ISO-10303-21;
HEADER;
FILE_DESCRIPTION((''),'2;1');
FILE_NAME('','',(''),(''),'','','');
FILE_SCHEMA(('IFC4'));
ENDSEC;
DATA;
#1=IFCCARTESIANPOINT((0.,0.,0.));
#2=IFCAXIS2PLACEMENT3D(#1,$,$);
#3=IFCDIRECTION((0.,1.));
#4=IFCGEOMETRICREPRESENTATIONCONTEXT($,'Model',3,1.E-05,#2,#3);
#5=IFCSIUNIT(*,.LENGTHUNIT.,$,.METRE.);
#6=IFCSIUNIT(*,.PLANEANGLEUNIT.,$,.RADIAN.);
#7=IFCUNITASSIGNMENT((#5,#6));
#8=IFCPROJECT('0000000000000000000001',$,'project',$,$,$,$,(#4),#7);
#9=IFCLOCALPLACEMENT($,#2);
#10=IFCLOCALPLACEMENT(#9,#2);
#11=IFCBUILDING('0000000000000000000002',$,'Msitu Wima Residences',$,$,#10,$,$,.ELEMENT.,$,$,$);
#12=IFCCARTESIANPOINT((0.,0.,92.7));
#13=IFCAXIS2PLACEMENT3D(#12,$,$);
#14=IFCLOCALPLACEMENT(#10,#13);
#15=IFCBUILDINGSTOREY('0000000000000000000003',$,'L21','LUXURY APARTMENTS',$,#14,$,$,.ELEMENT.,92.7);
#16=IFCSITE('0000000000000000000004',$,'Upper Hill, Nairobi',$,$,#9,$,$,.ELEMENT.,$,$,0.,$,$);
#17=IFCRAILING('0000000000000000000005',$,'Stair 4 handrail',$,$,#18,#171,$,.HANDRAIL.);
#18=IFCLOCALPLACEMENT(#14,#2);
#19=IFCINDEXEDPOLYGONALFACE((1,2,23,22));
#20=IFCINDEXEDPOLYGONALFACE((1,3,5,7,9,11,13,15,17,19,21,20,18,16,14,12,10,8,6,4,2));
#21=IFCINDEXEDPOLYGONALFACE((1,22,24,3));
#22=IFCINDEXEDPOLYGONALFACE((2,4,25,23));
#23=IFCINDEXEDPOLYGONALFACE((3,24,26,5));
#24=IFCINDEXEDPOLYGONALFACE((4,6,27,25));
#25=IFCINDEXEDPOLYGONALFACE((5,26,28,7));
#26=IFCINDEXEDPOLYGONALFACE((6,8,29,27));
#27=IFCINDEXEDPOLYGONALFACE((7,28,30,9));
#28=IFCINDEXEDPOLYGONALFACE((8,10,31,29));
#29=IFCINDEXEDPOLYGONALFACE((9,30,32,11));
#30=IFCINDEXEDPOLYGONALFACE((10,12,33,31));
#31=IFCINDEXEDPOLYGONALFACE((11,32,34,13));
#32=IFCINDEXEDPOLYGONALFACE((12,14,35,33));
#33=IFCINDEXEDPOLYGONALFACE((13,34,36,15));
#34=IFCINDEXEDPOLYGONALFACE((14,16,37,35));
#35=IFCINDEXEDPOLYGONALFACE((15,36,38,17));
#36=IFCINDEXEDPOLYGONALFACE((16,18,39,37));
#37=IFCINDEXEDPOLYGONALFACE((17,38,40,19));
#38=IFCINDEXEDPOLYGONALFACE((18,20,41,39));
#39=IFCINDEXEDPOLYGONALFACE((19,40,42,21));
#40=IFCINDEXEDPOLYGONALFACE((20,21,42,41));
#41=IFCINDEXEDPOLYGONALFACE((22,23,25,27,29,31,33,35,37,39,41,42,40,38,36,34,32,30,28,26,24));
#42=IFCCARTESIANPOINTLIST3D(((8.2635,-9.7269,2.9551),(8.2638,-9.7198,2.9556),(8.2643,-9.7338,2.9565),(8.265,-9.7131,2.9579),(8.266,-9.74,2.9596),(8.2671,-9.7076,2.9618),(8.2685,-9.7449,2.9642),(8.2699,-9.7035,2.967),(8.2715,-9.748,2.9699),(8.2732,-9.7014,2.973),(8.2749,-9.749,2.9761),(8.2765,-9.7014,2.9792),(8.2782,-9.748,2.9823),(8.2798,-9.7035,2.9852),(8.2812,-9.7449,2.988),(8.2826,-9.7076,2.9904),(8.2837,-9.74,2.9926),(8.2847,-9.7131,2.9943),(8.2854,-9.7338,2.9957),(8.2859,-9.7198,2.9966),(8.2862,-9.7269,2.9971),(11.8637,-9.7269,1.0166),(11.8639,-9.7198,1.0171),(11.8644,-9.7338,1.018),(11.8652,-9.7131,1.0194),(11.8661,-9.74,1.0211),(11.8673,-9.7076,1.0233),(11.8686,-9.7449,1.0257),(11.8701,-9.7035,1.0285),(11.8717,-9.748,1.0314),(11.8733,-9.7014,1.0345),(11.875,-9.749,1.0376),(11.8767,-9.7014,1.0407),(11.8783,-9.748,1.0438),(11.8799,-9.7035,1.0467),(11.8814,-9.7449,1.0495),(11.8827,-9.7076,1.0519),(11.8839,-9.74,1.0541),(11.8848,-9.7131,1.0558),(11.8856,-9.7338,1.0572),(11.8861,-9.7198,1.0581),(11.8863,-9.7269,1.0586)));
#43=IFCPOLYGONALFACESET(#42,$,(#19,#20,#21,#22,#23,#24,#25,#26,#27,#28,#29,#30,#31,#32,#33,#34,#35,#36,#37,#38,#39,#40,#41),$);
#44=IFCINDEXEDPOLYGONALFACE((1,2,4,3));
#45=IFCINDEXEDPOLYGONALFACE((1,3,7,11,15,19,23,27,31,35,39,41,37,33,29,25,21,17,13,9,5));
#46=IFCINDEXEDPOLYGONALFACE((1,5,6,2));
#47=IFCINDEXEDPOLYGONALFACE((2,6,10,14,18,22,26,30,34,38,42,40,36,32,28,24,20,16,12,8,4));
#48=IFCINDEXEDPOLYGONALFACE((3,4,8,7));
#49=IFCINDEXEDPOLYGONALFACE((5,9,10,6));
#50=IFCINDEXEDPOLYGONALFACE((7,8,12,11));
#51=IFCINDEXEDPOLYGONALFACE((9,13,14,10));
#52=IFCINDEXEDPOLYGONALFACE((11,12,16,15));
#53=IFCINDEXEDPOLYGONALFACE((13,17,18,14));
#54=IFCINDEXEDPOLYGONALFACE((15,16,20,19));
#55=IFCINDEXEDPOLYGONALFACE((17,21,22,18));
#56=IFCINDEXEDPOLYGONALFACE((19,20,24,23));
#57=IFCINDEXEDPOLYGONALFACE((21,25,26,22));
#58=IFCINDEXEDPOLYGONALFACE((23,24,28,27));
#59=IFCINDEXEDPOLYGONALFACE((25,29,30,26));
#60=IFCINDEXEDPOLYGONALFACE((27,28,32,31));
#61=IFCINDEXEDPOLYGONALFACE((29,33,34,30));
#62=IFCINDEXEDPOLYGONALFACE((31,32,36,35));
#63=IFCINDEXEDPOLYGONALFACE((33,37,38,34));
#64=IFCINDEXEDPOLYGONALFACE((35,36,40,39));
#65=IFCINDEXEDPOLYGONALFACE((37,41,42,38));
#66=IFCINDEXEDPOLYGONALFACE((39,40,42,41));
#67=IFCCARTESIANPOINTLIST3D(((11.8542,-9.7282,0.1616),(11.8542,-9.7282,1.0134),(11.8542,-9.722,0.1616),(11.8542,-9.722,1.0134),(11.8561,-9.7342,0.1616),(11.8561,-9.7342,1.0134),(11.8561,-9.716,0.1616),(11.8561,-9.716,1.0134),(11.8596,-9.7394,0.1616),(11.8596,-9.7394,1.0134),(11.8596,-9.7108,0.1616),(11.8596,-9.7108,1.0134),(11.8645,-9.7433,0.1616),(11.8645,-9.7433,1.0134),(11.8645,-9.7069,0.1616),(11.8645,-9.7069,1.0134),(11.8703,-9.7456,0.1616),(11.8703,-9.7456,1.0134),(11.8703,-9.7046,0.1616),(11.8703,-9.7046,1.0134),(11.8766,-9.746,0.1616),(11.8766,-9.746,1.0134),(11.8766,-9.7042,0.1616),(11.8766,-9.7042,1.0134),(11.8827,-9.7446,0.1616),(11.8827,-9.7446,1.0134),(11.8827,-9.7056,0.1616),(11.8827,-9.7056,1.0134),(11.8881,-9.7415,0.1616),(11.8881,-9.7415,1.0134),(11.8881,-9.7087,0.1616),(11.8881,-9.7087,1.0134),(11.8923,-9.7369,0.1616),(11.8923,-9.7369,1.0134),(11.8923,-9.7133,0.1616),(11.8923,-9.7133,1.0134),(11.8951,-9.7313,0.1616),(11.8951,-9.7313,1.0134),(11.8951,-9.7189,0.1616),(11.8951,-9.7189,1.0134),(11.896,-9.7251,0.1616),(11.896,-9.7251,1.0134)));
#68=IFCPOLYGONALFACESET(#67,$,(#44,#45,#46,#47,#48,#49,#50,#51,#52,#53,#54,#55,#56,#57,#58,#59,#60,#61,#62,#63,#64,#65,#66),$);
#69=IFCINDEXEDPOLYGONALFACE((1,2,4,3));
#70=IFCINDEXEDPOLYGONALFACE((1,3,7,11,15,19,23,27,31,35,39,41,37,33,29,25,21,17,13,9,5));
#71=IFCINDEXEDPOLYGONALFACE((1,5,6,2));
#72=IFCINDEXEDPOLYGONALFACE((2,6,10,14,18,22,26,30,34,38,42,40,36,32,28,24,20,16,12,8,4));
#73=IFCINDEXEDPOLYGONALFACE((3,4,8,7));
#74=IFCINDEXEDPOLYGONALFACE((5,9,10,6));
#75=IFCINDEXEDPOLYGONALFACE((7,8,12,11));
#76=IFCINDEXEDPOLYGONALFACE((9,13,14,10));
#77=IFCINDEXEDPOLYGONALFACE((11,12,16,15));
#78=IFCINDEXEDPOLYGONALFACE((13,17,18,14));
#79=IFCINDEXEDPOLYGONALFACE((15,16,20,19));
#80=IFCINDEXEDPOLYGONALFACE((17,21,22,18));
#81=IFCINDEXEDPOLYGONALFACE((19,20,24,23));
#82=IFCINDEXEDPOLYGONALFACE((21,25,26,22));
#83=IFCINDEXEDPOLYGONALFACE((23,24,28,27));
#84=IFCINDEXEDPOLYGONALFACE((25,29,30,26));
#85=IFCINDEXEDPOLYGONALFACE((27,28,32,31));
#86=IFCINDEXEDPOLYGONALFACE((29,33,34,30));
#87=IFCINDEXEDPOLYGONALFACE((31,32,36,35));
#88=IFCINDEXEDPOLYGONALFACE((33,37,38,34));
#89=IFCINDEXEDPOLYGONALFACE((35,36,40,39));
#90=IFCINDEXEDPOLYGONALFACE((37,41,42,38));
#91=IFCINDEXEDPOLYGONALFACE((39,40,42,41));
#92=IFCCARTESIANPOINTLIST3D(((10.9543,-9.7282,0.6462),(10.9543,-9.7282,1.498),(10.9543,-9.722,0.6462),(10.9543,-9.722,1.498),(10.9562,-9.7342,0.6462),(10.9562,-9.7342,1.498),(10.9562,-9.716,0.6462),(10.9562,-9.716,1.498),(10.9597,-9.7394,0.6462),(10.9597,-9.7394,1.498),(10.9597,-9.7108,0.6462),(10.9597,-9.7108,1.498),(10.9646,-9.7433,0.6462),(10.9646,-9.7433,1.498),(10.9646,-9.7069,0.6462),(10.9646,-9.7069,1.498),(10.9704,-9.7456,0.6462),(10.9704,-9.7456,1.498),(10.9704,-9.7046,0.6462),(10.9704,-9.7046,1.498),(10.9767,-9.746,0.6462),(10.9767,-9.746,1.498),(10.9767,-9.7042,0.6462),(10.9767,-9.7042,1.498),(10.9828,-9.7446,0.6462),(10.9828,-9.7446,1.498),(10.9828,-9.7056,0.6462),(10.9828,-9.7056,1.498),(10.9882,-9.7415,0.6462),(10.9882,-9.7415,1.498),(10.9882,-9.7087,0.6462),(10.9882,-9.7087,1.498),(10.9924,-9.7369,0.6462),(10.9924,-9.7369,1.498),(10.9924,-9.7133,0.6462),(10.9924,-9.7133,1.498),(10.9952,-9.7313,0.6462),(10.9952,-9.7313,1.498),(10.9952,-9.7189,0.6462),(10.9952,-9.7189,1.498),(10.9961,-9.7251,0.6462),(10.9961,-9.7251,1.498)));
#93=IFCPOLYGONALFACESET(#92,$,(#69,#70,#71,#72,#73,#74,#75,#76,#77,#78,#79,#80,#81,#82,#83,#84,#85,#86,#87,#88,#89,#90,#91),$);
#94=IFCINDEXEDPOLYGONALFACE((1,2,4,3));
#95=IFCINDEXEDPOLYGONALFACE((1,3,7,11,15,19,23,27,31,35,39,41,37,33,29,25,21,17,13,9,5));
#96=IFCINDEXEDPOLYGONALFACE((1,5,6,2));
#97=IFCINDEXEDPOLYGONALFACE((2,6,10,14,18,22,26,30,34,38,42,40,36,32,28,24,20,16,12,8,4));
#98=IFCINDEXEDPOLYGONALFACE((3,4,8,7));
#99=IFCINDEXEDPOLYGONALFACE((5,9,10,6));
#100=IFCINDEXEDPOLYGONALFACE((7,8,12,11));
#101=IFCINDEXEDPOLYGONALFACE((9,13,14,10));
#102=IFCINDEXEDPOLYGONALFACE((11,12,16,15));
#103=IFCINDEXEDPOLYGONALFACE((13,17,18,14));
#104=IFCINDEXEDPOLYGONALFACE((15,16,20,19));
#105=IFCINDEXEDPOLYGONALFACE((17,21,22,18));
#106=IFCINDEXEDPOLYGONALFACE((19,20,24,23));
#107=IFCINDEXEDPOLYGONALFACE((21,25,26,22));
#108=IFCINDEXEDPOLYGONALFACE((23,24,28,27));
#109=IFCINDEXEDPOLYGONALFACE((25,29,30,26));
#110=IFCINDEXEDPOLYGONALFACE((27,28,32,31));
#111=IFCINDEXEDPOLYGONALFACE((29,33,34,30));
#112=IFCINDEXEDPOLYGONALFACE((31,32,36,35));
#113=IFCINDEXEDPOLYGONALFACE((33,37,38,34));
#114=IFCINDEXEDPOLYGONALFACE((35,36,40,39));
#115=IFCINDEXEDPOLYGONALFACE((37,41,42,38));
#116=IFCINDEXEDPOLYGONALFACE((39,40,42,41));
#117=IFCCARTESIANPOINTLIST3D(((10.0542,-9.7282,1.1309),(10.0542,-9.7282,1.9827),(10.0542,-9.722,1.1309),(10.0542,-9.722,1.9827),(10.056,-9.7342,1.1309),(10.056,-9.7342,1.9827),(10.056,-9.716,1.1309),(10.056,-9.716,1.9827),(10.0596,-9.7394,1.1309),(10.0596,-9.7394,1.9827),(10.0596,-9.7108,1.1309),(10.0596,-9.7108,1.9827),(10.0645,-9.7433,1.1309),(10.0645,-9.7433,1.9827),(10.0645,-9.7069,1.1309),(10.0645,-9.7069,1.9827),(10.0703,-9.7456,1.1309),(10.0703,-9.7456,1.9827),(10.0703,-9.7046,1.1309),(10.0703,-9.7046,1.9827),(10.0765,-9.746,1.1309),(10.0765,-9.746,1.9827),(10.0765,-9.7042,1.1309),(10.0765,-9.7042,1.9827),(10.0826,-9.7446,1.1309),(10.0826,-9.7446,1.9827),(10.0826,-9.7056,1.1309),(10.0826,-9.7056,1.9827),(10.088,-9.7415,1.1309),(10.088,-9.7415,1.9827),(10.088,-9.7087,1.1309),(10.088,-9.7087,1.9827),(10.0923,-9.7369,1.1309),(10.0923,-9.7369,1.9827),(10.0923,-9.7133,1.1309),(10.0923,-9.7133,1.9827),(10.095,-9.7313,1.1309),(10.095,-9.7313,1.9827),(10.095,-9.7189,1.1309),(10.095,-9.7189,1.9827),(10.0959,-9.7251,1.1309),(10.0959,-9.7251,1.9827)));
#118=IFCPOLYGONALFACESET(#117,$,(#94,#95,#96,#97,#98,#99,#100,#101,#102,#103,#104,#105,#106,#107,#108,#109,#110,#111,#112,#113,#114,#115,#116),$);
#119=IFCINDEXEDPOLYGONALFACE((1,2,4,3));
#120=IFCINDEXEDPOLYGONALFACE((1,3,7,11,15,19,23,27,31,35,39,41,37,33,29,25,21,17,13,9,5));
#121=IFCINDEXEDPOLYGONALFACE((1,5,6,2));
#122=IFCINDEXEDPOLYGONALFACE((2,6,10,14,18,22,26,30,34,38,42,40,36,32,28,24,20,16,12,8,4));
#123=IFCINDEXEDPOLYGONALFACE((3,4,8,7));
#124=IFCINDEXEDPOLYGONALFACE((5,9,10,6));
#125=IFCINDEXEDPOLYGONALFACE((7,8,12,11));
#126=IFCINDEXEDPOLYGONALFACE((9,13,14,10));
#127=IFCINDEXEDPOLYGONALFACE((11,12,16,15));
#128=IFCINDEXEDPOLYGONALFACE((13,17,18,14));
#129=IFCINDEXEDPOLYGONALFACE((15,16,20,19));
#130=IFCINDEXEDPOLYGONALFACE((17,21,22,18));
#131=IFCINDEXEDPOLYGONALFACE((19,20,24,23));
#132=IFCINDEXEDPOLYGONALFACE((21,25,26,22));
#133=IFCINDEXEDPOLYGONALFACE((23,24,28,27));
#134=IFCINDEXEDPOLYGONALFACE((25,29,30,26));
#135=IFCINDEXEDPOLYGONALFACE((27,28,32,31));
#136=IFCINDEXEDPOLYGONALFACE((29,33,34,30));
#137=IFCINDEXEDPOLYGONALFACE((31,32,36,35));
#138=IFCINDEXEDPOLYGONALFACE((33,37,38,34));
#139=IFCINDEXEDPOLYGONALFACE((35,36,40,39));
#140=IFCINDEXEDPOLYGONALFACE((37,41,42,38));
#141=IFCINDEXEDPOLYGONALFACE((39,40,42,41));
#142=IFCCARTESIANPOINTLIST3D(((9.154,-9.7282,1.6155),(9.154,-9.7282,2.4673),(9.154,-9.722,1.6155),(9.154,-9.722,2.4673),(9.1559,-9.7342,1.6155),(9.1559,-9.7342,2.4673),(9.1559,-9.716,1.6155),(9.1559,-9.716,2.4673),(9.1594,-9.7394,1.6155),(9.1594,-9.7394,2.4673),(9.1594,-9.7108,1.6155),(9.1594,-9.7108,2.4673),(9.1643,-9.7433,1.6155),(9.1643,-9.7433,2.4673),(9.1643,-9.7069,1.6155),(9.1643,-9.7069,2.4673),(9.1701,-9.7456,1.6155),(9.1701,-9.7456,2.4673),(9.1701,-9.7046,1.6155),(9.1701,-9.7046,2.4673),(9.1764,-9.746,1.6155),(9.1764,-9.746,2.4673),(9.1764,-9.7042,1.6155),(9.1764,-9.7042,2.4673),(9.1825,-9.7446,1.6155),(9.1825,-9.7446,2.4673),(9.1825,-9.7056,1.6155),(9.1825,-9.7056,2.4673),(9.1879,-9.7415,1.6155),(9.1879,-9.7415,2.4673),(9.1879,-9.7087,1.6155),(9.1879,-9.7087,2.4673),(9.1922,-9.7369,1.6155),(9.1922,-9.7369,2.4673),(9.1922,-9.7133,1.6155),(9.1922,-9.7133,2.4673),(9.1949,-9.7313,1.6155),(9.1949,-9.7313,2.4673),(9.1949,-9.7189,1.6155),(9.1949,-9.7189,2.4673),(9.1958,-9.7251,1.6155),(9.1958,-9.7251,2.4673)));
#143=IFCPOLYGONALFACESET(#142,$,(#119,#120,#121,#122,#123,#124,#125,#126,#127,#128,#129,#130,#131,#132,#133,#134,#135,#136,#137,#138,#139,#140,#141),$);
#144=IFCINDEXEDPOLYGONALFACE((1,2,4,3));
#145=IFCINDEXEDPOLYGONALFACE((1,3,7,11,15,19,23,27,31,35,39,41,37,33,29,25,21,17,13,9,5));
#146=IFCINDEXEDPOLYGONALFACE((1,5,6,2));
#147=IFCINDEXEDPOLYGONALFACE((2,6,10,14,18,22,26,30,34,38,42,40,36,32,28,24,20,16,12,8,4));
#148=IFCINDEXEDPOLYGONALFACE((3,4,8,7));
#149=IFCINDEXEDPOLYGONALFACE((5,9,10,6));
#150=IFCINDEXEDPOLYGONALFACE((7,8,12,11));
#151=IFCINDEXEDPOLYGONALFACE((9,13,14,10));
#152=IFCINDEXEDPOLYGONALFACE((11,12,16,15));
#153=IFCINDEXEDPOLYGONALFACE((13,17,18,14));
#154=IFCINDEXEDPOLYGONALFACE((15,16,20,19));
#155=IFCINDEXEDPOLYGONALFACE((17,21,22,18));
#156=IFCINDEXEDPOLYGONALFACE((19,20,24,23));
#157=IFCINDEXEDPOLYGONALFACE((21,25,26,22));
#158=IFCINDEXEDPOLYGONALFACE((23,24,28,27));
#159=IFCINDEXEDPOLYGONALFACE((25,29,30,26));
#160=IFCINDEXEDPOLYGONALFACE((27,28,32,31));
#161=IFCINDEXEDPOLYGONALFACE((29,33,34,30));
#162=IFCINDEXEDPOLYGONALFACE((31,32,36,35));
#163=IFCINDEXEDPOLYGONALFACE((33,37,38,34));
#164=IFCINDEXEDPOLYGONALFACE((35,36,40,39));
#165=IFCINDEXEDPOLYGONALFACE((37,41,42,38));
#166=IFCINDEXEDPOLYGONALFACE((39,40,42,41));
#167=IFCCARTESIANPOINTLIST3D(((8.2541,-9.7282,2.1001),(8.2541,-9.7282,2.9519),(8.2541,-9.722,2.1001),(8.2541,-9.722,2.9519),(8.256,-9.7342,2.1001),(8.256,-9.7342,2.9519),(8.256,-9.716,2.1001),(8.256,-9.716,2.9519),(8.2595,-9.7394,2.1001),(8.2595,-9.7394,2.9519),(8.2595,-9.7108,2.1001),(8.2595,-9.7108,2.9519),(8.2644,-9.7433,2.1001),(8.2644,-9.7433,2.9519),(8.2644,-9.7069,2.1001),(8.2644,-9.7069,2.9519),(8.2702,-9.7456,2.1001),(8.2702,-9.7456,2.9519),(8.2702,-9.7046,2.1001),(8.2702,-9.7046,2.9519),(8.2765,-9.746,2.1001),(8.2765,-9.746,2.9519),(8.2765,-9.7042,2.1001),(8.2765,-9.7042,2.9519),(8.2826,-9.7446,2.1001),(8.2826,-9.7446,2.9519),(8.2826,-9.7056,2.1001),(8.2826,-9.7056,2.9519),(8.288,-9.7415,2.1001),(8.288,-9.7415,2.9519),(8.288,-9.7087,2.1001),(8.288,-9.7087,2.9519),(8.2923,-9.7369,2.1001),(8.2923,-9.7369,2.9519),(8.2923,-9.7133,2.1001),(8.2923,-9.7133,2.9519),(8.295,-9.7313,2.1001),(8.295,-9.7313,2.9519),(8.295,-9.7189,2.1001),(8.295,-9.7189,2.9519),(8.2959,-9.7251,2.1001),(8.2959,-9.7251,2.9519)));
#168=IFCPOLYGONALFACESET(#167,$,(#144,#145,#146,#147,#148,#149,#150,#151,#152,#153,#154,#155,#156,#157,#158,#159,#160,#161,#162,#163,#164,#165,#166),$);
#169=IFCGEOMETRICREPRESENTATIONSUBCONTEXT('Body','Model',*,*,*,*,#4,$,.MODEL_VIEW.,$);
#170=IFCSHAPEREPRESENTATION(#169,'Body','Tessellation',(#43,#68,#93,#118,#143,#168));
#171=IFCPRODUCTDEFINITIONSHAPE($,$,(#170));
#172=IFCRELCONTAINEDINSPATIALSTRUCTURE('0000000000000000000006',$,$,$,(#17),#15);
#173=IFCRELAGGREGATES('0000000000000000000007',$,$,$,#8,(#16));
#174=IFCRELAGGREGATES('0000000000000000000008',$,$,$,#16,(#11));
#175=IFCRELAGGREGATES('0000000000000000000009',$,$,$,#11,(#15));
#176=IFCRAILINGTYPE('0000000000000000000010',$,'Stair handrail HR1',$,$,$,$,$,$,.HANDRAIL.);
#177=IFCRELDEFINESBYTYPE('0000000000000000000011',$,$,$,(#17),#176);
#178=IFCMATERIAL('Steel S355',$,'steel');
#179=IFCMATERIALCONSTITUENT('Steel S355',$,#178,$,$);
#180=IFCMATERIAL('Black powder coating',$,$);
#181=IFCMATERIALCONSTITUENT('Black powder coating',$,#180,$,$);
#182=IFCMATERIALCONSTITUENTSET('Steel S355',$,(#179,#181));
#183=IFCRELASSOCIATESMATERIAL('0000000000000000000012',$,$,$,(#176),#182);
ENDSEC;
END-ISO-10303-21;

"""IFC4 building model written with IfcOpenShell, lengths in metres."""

from ifc_helpers import new_model, si_unit, direction, frame, origin, origin_2d, place, context, subcontext, project, spatial, circle, extrude, material, constituent, constituent_set, type_object, element, save


model = new_model("IFC4")

# Units and contexts
model_context = context("Model", 3, precision=1e-05, world=origin(), true_north=direction((0.0, 1.0)))
body_context = subcontext(model_context, "Body", "Model", "MODEL_VIEW")
ifc_project = project(units=[si_unit("LENGTHUNIT", "METRE"), si_unit("PLANEANGLEUNIT", "RADIAN")], contexts=[model_context])

# Site, building, storey
site_placement = place(None, origin())
site = spatial("IfcSite", under=ifc_project, at=site_placement, Name="Upper Hill, Nairobi", CompositionType="ELEMENT", RefElevation=0.0)
building_placement = place(site_placement, origin())
building = spatial("IfcBuilding", under=site, at=building_placement, Name="Msitu Wima Residences", CompositionType="ELEMENT")
storey_placement = place(building_placement, frame((0.0, 0.0, 92.7)))
storey = spatial("IfcBuildingStorey", under=building, at=storey_placement, Name="L21", Description="LUXURY APARTMENTS", CompositionType="ELEMENT", Elevation=92.7)

# Railing
ifc_material_1 = material(Name="Steel S355", Category="steel")
ifc_constituent_1 = constituent(ifc_material_1, Name="Steel S355")
ifc_material_2 = material(Name="Black powder coating")
ifc_constituent_2 = constituent(ifc_material_2, Name="Black powder coating")
ifc_constituent_set = constituent_set(constituents=[ifc_constituent_1, ifc_constituent_2], Name="Steel S355")
railing_type = type_object("IfcRailingType", Name="Stair handrail HR1", PredefinedType="HANDRAIL", material=ifc_constituent_set)
for number, where, name in (
    (1, (11.875, -9.7251, 0.1616), "Stair 4 handrail"),
):
    element("IfcRailing", number, at=place(storey_placement, frame(where)), inside=storey, type_object=railing_type, Name=name, PredefinedType="HANDRAIL", context=body_context, shape_type="SweptSolid", body=[
        extrude(circle(Radius=0.0239, at=origin_2d()), frame((0.0, 0.0, 0.876), z_axis=(-0.880475, 0.0, 0.474093), x_axis=(0.0, -1.0, 0.0)), (0.0, 0.0, 1.0), 4.0889),
        extrude(circle(Radius=0.021, at=origin_2d()), origin(), (0.0, 0.0, 1.0), 0.8518),
        extrude(circle(Radius=0.021, at=origin_2d()), frame((-0.8999, 0.0, 0.4846)), (0.0, 0.0, 1.0), 0.8518),
        extrude(circle(Radius=0.021, at=origin_2d()), frame((-1.8, 0.0, 0.9692)), (0.0, 0.0, 1.0), 0.8518),
        extrude(circle(Radius=0.021, at=origin_2d()), frame((-2.7002, 0.0, 1.4539)), (0.0, 0.0, 1.0), 0.8518),
        extrude(circle(Radius=0.021, at=origin_2d()), frame((-3.6001, 0.0, 1.9385)), (0.0, 0.0, 1.0), 0.8518),
    ])

save(model, "model.ifc")
